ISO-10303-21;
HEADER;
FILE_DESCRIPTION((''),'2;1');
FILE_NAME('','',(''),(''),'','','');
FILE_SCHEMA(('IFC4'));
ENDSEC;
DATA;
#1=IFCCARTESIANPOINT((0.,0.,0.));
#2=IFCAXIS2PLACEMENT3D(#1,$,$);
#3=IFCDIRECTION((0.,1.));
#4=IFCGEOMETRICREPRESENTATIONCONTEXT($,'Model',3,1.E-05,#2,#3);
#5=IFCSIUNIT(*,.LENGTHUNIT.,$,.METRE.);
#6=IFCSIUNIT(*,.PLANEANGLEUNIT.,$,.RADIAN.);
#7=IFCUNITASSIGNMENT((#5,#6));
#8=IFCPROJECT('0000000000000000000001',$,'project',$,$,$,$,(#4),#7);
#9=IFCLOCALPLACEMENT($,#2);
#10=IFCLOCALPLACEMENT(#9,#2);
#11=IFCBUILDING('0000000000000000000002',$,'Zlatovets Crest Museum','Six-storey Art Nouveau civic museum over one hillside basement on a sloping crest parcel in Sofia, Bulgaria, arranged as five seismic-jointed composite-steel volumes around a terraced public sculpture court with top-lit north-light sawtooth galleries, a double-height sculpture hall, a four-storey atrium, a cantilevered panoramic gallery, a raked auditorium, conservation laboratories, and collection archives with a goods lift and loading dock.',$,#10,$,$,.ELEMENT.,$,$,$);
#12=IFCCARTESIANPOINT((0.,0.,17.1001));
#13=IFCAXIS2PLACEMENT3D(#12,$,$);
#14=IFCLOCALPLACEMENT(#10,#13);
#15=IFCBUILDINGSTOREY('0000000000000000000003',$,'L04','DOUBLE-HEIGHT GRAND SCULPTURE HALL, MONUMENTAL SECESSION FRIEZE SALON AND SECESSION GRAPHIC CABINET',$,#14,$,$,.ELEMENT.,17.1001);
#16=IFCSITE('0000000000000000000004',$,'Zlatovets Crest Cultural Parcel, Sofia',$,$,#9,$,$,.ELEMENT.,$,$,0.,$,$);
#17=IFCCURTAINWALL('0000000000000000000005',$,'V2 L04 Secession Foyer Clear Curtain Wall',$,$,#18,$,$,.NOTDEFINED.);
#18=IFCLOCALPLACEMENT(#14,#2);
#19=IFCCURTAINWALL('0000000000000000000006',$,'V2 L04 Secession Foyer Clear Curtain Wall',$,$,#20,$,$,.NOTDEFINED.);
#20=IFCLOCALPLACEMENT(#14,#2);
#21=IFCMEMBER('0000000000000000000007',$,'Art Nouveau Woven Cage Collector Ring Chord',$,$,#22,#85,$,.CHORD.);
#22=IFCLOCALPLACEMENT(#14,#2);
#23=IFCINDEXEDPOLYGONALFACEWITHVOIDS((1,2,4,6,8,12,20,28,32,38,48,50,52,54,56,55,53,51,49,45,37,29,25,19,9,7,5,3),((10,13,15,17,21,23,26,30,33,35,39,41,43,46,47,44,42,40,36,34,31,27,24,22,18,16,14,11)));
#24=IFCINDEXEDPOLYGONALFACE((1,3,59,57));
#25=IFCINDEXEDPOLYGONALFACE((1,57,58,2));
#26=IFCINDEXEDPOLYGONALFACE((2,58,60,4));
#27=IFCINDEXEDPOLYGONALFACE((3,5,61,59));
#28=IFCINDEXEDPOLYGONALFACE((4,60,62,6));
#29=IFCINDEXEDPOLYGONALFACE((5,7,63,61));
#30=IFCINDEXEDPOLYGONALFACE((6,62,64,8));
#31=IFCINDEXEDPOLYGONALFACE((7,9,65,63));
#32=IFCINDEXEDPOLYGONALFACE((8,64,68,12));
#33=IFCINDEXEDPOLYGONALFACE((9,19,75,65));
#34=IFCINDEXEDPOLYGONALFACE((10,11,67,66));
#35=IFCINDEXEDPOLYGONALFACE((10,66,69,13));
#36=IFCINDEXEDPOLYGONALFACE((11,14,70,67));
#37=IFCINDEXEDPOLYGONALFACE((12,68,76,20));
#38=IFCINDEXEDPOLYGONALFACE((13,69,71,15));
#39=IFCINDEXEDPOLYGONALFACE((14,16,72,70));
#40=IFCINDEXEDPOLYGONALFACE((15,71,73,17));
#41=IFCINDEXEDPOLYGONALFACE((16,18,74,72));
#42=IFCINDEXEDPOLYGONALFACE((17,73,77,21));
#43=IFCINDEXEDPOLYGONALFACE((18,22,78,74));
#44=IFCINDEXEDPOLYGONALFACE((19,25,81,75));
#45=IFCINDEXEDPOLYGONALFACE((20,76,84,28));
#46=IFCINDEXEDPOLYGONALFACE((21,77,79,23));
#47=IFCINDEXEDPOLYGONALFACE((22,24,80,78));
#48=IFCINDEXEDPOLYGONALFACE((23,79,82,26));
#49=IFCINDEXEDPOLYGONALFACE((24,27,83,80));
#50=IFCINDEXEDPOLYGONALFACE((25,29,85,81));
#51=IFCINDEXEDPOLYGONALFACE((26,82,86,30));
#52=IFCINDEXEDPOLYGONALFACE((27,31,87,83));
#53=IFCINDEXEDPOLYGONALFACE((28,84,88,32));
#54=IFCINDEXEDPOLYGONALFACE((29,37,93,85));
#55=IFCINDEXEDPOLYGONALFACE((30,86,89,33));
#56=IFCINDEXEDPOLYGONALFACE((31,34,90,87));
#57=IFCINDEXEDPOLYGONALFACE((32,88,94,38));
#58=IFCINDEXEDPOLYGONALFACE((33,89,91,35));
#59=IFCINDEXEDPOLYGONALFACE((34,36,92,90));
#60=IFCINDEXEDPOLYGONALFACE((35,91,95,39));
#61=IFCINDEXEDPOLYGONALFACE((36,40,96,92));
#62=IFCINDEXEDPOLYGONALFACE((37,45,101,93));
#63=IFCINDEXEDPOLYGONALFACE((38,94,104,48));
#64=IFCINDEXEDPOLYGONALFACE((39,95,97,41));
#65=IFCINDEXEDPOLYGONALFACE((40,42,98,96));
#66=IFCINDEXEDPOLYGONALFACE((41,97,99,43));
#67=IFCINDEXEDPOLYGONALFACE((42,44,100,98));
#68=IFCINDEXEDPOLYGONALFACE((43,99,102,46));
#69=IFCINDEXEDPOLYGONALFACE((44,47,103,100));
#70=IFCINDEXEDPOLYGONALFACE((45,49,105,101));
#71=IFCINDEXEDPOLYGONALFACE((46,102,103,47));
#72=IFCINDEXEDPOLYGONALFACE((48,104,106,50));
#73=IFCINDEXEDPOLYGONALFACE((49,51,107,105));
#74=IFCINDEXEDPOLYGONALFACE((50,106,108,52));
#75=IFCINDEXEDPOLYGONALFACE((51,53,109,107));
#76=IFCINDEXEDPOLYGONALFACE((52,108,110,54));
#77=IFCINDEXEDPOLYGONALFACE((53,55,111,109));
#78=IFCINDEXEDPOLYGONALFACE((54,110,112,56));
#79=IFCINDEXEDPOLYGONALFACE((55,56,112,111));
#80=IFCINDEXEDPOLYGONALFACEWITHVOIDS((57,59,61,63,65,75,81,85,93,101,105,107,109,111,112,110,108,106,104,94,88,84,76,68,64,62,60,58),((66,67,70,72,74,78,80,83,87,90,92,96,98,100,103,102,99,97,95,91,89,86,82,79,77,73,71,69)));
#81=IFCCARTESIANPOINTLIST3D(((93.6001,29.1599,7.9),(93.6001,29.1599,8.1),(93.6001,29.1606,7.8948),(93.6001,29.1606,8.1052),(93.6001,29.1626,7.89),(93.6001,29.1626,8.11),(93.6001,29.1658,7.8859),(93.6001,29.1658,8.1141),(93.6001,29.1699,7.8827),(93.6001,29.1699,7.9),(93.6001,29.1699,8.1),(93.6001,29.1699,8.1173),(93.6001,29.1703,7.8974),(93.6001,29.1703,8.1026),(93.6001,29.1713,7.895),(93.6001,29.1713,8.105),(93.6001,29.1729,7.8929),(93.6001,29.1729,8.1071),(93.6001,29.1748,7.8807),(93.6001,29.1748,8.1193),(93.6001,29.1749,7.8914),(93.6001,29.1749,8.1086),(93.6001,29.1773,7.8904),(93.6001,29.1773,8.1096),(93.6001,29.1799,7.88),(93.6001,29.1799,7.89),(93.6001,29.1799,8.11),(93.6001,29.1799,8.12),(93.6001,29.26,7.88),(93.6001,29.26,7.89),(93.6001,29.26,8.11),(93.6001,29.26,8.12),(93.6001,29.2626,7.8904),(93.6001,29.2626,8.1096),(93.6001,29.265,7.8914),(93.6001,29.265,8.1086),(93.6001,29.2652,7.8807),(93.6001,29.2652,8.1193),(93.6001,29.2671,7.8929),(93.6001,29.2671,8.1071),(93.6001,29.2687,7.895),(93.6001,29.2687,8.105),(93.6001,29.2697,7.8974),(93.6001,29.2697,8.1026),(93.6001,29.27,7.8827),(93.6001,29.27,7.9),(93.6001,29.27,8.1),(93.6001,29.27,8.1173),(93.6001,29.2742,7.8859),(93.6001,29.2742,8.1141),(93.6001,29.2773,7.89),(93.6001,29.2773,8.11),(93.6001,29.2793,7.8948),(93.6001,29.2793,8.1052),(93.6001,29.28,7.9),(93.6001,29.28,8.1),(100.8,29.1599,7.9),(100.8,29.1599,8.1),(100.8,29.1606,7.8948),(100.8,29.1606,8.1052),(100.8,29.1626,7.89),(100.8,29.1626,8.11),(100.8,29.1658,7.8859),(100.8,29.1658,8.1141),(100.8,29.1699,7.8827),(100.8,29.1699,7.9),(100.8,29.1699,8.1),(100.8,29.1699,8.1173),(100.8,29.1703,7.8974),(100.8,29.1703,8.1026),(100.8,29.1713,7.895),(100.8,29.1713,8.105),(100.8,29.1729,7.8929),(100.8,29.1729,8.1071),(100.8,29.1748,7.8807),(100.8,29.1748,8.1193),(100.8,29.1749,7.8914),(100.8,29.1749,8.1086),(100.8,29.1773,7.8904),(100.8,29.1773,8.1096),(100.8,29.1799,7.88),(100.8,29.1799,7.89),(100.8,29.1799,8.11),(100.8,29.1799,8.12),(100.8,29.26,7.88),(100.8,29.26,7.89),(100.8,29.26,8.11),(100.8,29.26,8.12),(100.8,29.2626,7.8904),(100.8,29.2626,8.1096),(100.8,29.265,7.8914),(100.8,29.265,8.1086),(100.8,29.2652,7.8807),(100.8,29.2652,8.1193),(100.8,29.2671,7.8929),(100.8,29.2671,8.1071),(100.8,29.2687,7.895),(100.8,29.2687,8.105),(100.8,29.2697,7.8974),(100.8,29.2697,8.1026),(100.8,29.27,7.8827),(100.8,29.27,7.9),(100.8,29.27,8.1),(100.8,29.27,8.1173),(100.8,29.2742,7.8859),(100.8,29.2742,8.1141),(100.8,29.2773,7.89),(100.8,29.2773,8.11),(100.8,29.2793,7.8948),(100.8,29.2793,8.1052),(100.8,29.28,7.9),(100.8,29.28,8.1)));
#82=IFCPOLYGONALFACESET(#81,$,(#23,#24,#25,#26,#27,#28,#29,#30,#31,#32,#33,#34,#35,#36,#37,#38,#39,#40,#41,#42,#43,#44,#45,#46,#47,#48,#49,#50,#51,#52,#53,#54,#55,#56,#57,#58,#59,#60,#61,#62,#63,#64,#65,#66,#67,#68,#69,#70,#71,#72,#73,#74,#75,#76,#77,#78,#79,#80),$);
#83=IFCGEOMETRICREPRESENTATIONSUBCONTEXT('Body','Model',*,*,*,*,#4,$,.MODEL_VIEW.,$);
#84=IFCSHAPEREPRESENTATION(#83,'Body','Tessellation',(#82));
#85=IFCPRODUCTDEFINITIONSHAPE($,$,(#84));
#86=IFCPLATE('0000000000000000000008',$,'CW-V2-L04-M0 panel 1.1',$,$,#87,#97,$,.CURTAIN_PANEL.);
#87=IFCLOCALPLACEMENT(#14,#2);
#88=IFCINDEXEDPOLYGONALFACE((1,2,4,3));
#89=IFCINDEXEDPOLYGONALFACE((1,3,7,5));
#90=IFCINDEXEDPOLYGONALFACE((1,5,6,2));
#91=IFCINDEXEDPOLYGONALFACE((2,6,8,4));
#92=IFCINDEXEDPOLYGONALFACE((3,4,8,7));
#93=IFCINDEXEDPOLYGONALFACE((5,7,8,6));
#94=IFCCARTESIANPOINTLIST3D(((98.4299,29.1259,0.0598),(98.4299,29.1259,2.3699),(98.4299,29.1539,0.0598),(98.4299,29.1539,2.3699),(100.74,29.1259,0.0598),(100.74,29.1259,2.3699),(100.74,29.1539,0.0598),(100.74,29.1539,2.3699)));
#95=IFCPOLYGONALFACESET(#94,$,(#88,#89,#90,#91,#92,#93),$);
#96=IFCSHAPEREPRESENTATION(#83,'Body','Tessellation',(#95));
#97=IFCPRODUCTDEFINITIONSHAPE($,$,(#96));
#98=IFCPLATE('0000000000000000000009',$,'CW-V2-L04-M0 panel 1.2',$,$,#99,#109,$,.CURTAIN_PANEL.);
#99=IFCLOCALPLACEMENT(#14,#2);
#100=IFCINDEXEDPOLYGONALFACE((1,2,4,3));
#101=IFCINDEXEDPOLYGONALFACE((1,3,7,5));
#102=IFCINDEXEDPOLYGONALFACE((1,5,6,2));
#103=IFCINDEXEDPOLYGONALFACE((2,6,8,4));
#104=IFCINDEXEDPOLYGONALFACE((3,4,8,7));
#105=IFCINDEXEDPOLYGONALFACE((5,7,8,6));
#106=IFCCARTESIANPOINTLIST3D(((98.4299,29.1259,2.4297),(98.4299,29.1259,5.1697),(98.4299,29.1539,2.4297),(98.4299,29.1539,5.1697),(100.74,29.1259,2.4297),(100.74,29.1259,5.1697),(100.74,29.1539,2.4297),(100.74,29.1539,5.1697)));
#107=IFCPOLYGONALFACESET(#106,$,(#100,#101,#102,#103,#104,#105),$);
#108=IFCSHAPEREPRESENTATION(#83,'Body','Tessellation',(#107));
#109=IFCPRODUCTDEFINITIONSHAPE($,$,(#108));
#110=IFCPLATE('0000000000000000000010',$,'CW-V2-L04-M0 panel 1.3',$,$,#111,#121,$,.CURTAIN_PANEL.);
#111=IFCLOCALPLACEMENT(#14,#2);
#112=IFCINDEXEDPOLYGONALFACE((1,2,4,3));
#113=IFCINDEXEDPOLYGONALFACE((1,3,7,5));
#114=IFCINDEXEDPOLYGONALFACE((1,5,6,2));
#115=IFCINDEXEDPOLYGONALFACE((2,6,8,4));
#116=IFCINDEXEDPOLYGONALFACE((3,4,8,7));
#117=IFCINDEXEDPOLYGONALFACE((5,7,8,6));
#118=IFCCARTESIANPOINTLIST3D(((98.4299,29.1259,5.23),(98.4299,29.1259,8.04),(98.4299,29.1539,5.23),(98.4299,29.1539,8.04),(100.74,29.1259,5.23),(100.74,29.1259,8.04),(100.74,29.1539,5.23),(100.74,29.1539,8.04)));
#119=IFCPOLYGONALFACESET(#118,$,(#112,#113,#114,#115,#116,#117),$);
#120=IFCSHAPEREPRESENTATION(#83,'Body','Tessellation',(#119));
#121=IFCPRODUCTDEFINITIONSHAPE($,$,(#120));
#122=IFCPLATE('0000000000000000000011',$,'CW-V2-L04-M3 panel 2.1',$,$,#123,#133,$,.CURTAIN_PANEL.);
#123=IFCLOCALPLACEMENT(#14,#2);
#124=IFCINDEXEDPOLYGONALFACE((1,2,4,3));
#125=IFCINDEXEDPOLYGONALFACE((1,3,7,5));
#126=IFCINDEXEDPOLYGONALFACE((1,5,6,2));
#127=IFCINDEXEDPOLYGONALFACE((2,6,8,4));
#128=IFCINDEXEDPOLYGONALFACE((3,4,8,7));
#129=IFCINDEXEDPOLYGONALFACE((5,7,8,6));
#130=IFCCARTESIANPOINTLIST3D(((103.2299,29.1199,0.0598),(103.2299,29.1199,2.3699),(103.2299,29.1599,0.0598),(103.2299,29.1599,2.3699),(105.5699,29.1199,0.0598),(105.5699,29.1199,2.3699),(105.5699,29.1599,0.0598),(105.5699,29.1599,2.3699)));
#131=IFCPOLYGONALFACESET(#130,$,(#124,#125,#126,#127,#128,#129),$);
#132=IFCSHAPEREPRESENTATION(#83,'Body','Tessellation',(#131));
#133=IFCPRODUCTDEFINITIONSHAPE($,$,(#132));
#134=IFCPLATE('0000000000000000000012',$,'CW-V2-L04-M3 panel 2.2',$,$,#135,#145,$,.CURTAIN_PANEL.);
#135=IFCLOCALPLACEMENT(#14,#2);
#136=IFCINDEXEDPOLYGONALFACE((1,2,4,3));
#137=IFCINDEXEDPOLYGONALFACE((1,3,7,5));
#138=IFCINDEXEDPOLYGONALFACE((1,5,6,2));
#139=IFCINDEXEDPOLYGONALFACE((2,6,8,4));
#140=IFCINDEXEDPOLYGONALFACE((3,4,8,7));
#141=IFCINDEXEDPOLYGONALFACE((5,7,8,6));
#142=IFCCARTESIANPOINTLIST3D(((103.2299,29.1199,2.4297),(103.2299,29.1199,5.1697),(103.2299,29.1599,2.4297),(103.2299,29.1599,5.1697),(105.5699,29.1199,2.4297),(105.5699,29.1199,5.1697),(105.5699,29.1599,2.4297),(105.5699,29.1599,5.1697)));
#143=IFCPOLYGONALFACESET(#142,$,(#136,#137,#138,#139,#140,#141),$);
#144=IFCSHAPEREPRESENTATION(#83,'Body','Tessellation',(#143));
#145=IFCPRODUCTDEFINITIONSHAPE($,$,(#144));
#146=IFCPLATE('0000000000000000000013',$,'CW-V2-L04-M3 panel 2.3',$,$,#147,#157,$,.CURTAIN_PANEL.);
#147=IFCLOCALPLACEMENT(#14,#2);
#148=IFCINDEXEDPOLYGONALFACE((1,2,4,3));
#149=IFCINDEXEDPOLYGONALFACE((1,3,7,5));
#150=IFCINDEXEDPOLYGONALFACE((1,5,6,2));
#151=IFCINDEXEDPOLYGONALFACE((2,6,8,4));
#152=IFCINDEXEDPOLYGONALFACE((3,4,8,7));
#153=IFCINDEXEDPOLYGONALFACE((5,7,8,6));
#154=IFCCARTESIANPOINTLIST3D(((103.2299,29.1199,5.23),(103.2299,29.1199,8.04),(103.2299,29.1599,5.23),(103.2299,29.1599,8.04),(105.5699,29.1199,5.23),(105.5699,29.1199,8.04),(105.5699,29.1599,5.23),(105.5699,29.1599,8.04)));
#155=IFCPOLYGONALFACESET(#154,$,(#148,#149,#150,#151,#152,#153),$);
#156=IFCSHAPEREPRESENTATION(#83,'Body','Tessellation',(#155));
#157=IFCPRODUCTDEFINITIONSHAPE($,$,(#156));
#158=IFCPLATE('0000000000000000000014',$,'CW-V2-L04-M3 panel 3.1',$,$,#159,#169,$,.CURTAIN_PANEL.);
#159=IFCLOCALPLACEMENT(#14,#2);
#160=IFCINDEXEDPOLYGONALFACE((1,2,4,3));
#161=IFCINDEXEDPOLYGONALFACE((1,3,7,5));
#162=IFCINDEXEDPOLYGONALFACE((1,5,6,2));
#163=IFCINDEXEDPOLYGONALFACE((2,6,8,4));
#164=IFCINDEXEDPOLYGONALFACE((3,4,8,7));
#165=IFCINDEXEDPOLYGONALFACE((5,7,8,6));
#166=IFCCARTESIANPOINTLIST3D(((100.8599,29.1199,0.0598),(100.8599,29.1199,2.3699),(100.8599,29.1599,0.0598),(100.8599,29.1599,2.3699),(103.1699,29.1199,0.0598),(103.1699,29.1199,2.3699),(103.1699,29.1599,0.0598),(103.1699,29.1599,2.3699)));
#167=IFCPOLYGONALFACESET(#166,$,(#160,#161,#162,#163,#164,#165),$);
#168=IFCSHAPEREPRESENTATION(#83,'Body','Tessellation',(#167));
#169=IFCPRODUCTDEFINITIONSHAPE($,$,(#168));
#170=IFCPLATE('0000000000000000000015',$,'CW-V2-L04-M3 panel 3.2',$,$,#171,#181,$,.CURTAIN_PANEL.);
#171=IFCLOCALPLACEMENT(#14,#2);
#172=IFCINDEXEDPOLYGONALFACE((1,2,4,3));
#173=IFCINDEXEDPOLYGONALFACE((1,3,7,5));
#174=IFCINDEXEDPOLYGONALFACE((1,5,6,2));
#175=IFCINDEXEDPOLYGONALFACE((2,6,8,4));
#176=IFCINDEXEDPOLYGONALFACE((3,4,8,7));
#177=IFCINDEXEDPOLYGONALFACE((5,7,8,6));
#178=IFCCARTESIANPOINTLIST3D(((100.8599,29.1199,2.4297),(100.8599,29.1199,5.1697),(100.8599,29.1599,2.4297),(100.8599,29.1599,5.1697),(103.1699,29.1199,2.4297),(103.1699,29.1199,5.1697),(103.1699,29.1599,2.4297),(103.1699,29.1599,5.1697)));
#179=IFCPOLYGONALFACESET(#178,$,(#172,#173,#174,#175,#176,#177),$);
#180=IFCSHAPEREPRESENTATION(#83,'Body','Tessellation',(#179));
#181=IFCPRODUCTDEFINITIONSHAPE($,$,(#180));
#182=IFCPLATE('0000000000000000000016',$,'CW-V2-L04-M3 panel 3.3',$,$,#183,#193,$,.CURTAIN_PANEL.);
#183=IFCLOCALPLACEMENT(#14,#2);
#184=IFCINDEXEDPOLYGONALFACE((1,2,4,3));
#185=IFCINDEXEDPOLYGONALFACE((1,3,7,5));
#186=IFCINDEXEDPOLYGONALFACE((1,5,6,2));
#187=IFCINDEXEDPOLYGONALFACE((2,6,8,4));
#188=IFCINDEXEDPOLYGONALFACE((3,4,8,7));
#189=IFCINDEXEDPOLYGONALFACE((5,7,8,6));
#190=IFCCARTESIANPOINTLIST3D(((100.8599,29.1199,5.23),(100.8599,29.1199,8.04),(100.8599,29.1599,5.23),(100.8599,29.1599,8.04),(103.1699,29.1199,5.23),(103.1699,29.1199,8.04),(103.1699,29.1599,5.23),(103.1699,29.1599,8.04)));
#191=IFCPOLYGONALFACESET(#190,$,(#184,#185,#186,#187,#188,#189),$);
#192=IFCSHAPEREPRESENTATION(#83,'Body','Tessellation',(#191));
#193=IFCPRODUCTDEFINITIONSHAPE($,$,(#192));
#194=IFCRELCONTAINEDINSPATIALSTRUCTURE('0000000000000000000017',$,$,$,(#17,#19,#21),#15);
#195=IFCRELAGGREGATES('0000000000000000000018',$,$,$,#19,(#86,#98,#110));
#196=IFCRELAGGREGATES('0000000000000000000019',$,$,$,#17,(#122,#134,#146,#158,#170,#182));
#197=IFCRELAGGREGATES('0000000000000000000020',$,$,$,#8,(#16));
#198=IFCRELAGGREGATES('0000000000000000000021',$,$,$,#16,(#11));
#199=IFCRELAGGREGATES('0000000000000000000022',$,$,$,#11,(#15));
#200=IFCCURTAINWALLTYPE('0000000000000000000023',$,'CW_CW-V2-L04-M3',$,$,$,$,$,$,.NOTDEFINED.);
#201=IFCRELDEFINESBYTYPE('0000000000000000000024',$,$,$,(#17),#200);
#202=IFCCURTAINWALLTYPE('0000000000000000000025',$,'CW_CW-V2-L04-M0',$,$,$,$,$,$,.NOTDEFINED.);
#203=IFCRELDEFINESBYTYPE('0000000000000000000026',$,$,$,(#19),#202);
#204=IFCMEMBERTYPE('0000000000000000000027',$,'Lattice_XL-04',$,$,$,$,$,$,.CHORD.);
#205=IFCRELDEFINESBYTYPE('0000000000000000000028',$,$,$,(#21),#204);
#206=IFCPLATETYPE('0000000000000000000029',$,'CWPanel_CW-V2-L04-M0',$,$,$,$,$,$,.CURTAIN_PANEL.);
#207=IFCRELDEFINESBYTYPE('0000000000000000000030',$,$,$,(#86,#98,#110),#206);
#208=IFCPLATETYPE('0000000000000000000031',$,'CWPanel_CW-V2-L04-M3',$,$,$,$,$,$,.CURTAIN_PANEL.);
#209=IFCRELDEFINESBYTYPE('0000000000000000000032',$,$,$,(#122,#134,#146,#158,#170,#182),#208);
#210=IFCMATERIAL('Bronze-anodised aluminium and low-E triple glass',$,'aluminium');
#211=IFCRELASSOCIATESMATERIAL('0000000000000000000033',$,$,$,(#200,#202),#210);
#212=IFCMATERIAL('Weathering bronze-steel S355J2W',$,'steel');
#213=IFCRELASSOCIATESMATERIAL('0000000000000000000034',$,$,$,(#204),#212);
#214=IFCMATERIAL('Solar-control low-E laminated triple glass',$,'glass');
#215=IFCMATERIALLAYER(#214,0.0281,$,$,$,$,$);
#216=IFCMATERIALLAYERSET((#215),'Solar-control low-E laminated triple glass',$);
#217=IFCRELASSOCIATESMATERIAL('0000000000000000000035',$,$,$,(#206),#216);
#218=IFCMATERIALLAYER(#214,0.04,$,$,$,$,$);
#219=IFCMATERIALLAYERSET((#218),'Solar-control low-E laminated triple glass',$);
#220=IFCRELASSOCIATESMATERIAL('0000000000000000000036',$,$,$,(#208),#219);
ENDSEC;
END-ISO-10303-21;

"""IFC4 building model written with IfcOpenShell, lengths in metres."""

from ifc_helpers import new_model, si_unit, direction, frame, origin, origin_2d, place, context, subcontext, project, spatial, rectangle, hollow_rectangle, extrude, material, layer, layer_set, material_profile, profile_set, type_object, element, aggregate, save


model = new_model("IFC4")

# Units and contexts
model_context = context("Model", 3, precision=1e-05, world=origin(), true_north=direction((0.0, 1.0)))
body_context = subcontext(model_context, "Body", "Model", "MODEL_VIEW")
ifc_project = project(units=[si_unit("LENGTHUNIT", "METRE"), si_unit("PLANEANGLEUNIT", "RADIAN")], contexts=[model_context])

# Site, building, storey
site_placement = place(None, origin())
site = spatial("IfcSite", under=ifc_project, at=site_placement, Name="Zlatovets Crest Cultural Parcel, Sofia", CompositionType="ELEMENT", RefElevation=0.0)
building_placement = place(site_placement, origin())
building = spatial("IfcBuilding", under=site, at=building_placement, Name="Zlatovets Crest Museum", Description="Six-storey Art Nouveau civic museum over one hillside basement on a sloping crest parcel in Sofia, Bulgaria, arranged as five seismic-jointed composite-steel volumes around a terraced public sculpture court with top-lit north-light sawtooth galleries, a double-height sculpture hall, a four-storey atrium, a cantilevered panoramic gallery, a raked auditorium, conservation laboratories, and collection archives with a goods lift and loading dock.", CompositionType="ELEMENT")
storey_placement = place(building_placement, frame((0.0, 0.0, 17.1001)))
storey = spatial("IfcBuildingStorey", under=building, at=storey_placement, Name="L04", Description="DOUBLE-HEIGHT GRAND SCULPTURE HALL, MONUMENTAL SECESSION FRIEZE SALON AND SECESSION GRAPHIC CABINET", CompositionType="ELEMENT", Elevation=17.1001)

# Curtain wall
ifc_material_1 = material(Name="Bronze-anodised aluminium and low-E triple glass", Category="aluminium")
curtain_wall_type_1 = type_object("IfcCurtainWallType", Name="CW_CW-V2-L04-M3", PredefinedType="NOTDEFINED", material=ifc_material_1)
curtain_wall_1_placement = place(storey_placement, origin())
curtain_wall_1 = element("IfcCurtainWall", 1, at=curtain_wall_1_placement, inside=storey, type_object=curtain_wall_type_1, Name="V2 L04 Secession Foyer Clear Curtain Wall", PredefinedType="NOTDEFINED")

# Curtain wall
curtain_wall_type_2 = type_object("IfcCurtainWallType", Name="CW_CW-V2-L04-M0", PredefinedType="NOTDEFINED", material=ifc_material_1)
curtain_wall_2_placement = place(storey_placement, origin())
curtain_wall_2 = element("IfcCurtainWall", 2, at=curtain_wall_2_placement, inside=storey, type_object=curtain_wall_type_2, Name="V2 L04 Secession Foyer Clear Curtain Wall", PredefinedType="NOTDEFINED")

# Member
ifc_material_2 = material(Name="Weathering bronze-steel S355J2W", Category="steel")
ifc_material_profile_1 = material_profile(ifc_material_2, hollow_rectangle(XDim=0.1201, YDim=0.24, WallThickness=0.01, InnerFilletRadius=0.01, OuterFilletRadius=0.02, at=origin_2d()), Name="RHS 120x240x10.0")
ifc_profile_set_1 = profile_set([ifc_material_profile_1], Name="Weathering bronze-steel S355J2W")
member_type_1 = type_object("IfcMemberType", Name="Lattice_XL-04", PredefinedType="CHORD", material=ifc_profile_set_1)
member_1_placement = place(storey_placement, frame((100.8, 29.22, 8.0), z_axis=(-1.0, 0.0, 0.0), x_axis=(0.0, -1.0, 0.0)))
element("IfcMember", 3, at=member_1_placement, inside=storey, type_object=member_type_1, Name="Art Nouveau Woven Cage Collector Ring Chord", PredefinedType="CHORD", context=body_context, shape_type="SweptSolid", body=[
    extrude(hollow_rectangle(XDim=0.1201, YDim=0.24, WallThickness=0.01, InnerFilletRadius=0.01, OuterFilletRadius=0.02, at=origin_2d()), origin(), (0.0, 0.0, 1.0), 7.2),
])

# Plates
ifc_material_3 = material(Name="Solar-control low-E laminated triple glass", Category="glass")
ifc_layer_1 = layer(ifc_material_3, 0.0281)
ifc_layer_set_1 = layer_set([ifc_layer_1], Name="Solar-control low-E laminated triple glass")
plate_type_1 = type_object("IfcPlateType", Name="CWPanel_CW-V2-L04-M0", PredefinedType="CURTAIN_PANEL", material=ifc_layer_set_1)
plate_1_placement = place(storey_placement, frame((99.585, 29.1399, 0.0598), z_axis=(0.0, 0.0, 1.0), x_axis=(-1.0, 0.0, 0.0)))
plate_1 = element("IfcPlate", 4, at=plate_1_placement, type_object=plate_type_1, Name="CW-V2-L04-M0 panel 1.1", PredefinedType="CURTAIN_PANEL", context=body_context, shape_type="SweptSolid", body=[
    extrude(rectangle(XDim=2.3101, YDim=0.0281, at=origin_2d()), origin(), (0.0, 0.0, 1.0), 2.3101),
])
plate_2_placement = place(storey_placement, frame((99.585, 29.1399, 2.4297), z_axis=(0.0, 0.0, 1.0), x_axis=(-1.0, 0.0, 0.0)))
plate_2 = element("IfcPlate", 5, at=plate_2_placement, type_object=plate_type_1, Name="CW-V2-L04-M0 panel 1.2", PredefinedType="CURTAIN_PANEL", context=body_context, shape_type="SweptSolid", body=[
    extrude(rectangle(XDim=2.3101, YDim=0.0281, at=origin_2d()), origin(), (0.0, 0.0, 1.0), 2.74),
])
plate_3_placement = place(storey_placement, frame((99.585, 29.1399, 5.23), z_axis=(0.0, 0.0, 1.0), x_axis=(-1.0, 0.0, 0.0)))
plate_3 = element("IfcPlate", 6, at=plate_3_placement, type_object=plate_type_1, Name="CW-V2-L04-M0 panel 1.3", PredefinedType="CURTAIN_PANEL", context=body_context, shape_type="SweptSolid", body=[
    extrude(rectangle(XDim=2.3101, YDim=0.0281, at=origin_2d()), origin(), (0.0, 0.0, 1.0), 2.8101),
])
aggregate(curtain_wall_2, [plate_1, plate_2, plate_3])
ifc_layer_2 = layer(ifc_material_3, 0.04)
ifc_layer_set_2 = layer_set([ifc_layer_2], Name="Solar-control low-E laminated triple glass")
plate_type_2 = type_object("IfcPlateType", Name="CWPanel_CW-V2-L04-M3", PredefinedType="CURTAIN_PANEL", material=ifc_layer_set_2)
plate_4_placement = place(storey_placement, frame((104.3999, 29.1399, 0.0598), z_axis=(0.0, 0.0, 1.0), x_axis=(-1.0, 0.0, 0.0)))
plate_4 = element("IfcPlate", 7, at=plate_4_placement, type_object=plate_type_2, Name="CW-V2-L04-M3 panel 2.1", PredefinedType="CURTAIN_PANEL", context=body_context, shape_type="SweptSolid", body=[
    extrude(rectangle(XDim=2.3401, YDim=0.04, at=origin_2d()), origin(), (0.0, 0.0, 1.0), 2.3101),
])
plate_5_placement = place(storey_placement, frame((104.3999, 29.1399, 2.4297), z_axis=(0.0, 0.0, 1.0), x_axis=(-1.0, 0.0, 0.0)))
plate_5 = element("IfcPlate", 8, at=plate_5_placement, type_object=plate_type_2, Name="CW-V2-L04-M3 panel 2.2", PredefinedType="CURTAIN_PANEL", context=body_context, shape_type="SweptSolid", body=[
    extrude(rectangle(XDim=2.3401, YDim=0.04, at=origin_2d()), origin(), (0.0, 0.0, 1.0), 2.74),
])
plate_6_placement = place(storey_placement, frame((104.3999, 29.1399, 5.23), z_axis=(0.0, 0.0, 1.0), x_axis=(-1.0, 0.0, 0.0)))
plate_6 = element("IfcPlate", 9, at=plate_6_placement, type_object=plate_type_2, Name="CW-V2-L04-M3 panel 2.3", PredefinedType="CURTAIN_PANEL", context=body_context, shape_type="SweptSolid", body=[
    extrude(rectangle(XDim=2.3401, YDim=0.04, at=origin_2d()), origin(), (0.0, 0.0, 1.0), 2.8101),
])
plate_7_placement = place(storey_placement, frame((102.0149, 29.1399, 0.0598), z_axis=(0.0, 0.0, 1.0), x_axis=(-1.0, 0.0, 0.0)))
plate_7 = element("IfcPlate", 10, at=plate_7_placement, type_object=plate_type_2, Name="CW-V2-L04-M3 panel 3.1", PredefinedType="CURTAIN_PANEL", context=body_context, shape_type="SweptSolid", body=[
    extrude(rectangle(XDim=2.3101, YDim=0.04, at=origin_2d()), origin(), (0.0, 0.0, 1.0), 2.3101),
])
plate_8_placement = place(storey_placement, frame((102.0149, 29.1399, 2.4297), z_axis=(0.0, 0.0, 1.0), x_axis=(-1.0, 0.0, 0.0)))
plate_8 = element("IfcPlate", 11, at=plate_8_placement, type_object=plate_type_2, Name="CW-V2-L04-M3 panel 3.2", PredefinedType="CURTAIN_PANEL", context=body_context, shape_type="SweptSolid", body=[
    extrude(rectangle(XDim=2.3101, YDim=0.04, at=origin_2d()), origin(), (0.0, 0.0, 1.0), 2.74),
])
plate_9_placement = place(storey_placement, frame((102.0149, 29.1399, 5.23), z_axis=(0.0, 0.0, 1.0), x_axis=(-1.0, 0.0, 0.0)))
plate_9 = element("IfcPlate", 12, at=plate_9_placement, type_object=plate_type_2, Name="CW-V2-L04-M3 panel 3.3", PredefinedType="CURTAIN_PANEL", context=body_context, shape_type="SweptSolid", body=[
    extrude(rectangle(XDim=2.3101, YDim=0.04, at=origin_2d()), origin(), (0.0, 0.0, 1.0), 2.8101),
])
aggregate(curtain_wall_1, [plate_4, plate_5, plate_6, plate_7, plate_8, plate_9])

save(model, "model.ifc")
